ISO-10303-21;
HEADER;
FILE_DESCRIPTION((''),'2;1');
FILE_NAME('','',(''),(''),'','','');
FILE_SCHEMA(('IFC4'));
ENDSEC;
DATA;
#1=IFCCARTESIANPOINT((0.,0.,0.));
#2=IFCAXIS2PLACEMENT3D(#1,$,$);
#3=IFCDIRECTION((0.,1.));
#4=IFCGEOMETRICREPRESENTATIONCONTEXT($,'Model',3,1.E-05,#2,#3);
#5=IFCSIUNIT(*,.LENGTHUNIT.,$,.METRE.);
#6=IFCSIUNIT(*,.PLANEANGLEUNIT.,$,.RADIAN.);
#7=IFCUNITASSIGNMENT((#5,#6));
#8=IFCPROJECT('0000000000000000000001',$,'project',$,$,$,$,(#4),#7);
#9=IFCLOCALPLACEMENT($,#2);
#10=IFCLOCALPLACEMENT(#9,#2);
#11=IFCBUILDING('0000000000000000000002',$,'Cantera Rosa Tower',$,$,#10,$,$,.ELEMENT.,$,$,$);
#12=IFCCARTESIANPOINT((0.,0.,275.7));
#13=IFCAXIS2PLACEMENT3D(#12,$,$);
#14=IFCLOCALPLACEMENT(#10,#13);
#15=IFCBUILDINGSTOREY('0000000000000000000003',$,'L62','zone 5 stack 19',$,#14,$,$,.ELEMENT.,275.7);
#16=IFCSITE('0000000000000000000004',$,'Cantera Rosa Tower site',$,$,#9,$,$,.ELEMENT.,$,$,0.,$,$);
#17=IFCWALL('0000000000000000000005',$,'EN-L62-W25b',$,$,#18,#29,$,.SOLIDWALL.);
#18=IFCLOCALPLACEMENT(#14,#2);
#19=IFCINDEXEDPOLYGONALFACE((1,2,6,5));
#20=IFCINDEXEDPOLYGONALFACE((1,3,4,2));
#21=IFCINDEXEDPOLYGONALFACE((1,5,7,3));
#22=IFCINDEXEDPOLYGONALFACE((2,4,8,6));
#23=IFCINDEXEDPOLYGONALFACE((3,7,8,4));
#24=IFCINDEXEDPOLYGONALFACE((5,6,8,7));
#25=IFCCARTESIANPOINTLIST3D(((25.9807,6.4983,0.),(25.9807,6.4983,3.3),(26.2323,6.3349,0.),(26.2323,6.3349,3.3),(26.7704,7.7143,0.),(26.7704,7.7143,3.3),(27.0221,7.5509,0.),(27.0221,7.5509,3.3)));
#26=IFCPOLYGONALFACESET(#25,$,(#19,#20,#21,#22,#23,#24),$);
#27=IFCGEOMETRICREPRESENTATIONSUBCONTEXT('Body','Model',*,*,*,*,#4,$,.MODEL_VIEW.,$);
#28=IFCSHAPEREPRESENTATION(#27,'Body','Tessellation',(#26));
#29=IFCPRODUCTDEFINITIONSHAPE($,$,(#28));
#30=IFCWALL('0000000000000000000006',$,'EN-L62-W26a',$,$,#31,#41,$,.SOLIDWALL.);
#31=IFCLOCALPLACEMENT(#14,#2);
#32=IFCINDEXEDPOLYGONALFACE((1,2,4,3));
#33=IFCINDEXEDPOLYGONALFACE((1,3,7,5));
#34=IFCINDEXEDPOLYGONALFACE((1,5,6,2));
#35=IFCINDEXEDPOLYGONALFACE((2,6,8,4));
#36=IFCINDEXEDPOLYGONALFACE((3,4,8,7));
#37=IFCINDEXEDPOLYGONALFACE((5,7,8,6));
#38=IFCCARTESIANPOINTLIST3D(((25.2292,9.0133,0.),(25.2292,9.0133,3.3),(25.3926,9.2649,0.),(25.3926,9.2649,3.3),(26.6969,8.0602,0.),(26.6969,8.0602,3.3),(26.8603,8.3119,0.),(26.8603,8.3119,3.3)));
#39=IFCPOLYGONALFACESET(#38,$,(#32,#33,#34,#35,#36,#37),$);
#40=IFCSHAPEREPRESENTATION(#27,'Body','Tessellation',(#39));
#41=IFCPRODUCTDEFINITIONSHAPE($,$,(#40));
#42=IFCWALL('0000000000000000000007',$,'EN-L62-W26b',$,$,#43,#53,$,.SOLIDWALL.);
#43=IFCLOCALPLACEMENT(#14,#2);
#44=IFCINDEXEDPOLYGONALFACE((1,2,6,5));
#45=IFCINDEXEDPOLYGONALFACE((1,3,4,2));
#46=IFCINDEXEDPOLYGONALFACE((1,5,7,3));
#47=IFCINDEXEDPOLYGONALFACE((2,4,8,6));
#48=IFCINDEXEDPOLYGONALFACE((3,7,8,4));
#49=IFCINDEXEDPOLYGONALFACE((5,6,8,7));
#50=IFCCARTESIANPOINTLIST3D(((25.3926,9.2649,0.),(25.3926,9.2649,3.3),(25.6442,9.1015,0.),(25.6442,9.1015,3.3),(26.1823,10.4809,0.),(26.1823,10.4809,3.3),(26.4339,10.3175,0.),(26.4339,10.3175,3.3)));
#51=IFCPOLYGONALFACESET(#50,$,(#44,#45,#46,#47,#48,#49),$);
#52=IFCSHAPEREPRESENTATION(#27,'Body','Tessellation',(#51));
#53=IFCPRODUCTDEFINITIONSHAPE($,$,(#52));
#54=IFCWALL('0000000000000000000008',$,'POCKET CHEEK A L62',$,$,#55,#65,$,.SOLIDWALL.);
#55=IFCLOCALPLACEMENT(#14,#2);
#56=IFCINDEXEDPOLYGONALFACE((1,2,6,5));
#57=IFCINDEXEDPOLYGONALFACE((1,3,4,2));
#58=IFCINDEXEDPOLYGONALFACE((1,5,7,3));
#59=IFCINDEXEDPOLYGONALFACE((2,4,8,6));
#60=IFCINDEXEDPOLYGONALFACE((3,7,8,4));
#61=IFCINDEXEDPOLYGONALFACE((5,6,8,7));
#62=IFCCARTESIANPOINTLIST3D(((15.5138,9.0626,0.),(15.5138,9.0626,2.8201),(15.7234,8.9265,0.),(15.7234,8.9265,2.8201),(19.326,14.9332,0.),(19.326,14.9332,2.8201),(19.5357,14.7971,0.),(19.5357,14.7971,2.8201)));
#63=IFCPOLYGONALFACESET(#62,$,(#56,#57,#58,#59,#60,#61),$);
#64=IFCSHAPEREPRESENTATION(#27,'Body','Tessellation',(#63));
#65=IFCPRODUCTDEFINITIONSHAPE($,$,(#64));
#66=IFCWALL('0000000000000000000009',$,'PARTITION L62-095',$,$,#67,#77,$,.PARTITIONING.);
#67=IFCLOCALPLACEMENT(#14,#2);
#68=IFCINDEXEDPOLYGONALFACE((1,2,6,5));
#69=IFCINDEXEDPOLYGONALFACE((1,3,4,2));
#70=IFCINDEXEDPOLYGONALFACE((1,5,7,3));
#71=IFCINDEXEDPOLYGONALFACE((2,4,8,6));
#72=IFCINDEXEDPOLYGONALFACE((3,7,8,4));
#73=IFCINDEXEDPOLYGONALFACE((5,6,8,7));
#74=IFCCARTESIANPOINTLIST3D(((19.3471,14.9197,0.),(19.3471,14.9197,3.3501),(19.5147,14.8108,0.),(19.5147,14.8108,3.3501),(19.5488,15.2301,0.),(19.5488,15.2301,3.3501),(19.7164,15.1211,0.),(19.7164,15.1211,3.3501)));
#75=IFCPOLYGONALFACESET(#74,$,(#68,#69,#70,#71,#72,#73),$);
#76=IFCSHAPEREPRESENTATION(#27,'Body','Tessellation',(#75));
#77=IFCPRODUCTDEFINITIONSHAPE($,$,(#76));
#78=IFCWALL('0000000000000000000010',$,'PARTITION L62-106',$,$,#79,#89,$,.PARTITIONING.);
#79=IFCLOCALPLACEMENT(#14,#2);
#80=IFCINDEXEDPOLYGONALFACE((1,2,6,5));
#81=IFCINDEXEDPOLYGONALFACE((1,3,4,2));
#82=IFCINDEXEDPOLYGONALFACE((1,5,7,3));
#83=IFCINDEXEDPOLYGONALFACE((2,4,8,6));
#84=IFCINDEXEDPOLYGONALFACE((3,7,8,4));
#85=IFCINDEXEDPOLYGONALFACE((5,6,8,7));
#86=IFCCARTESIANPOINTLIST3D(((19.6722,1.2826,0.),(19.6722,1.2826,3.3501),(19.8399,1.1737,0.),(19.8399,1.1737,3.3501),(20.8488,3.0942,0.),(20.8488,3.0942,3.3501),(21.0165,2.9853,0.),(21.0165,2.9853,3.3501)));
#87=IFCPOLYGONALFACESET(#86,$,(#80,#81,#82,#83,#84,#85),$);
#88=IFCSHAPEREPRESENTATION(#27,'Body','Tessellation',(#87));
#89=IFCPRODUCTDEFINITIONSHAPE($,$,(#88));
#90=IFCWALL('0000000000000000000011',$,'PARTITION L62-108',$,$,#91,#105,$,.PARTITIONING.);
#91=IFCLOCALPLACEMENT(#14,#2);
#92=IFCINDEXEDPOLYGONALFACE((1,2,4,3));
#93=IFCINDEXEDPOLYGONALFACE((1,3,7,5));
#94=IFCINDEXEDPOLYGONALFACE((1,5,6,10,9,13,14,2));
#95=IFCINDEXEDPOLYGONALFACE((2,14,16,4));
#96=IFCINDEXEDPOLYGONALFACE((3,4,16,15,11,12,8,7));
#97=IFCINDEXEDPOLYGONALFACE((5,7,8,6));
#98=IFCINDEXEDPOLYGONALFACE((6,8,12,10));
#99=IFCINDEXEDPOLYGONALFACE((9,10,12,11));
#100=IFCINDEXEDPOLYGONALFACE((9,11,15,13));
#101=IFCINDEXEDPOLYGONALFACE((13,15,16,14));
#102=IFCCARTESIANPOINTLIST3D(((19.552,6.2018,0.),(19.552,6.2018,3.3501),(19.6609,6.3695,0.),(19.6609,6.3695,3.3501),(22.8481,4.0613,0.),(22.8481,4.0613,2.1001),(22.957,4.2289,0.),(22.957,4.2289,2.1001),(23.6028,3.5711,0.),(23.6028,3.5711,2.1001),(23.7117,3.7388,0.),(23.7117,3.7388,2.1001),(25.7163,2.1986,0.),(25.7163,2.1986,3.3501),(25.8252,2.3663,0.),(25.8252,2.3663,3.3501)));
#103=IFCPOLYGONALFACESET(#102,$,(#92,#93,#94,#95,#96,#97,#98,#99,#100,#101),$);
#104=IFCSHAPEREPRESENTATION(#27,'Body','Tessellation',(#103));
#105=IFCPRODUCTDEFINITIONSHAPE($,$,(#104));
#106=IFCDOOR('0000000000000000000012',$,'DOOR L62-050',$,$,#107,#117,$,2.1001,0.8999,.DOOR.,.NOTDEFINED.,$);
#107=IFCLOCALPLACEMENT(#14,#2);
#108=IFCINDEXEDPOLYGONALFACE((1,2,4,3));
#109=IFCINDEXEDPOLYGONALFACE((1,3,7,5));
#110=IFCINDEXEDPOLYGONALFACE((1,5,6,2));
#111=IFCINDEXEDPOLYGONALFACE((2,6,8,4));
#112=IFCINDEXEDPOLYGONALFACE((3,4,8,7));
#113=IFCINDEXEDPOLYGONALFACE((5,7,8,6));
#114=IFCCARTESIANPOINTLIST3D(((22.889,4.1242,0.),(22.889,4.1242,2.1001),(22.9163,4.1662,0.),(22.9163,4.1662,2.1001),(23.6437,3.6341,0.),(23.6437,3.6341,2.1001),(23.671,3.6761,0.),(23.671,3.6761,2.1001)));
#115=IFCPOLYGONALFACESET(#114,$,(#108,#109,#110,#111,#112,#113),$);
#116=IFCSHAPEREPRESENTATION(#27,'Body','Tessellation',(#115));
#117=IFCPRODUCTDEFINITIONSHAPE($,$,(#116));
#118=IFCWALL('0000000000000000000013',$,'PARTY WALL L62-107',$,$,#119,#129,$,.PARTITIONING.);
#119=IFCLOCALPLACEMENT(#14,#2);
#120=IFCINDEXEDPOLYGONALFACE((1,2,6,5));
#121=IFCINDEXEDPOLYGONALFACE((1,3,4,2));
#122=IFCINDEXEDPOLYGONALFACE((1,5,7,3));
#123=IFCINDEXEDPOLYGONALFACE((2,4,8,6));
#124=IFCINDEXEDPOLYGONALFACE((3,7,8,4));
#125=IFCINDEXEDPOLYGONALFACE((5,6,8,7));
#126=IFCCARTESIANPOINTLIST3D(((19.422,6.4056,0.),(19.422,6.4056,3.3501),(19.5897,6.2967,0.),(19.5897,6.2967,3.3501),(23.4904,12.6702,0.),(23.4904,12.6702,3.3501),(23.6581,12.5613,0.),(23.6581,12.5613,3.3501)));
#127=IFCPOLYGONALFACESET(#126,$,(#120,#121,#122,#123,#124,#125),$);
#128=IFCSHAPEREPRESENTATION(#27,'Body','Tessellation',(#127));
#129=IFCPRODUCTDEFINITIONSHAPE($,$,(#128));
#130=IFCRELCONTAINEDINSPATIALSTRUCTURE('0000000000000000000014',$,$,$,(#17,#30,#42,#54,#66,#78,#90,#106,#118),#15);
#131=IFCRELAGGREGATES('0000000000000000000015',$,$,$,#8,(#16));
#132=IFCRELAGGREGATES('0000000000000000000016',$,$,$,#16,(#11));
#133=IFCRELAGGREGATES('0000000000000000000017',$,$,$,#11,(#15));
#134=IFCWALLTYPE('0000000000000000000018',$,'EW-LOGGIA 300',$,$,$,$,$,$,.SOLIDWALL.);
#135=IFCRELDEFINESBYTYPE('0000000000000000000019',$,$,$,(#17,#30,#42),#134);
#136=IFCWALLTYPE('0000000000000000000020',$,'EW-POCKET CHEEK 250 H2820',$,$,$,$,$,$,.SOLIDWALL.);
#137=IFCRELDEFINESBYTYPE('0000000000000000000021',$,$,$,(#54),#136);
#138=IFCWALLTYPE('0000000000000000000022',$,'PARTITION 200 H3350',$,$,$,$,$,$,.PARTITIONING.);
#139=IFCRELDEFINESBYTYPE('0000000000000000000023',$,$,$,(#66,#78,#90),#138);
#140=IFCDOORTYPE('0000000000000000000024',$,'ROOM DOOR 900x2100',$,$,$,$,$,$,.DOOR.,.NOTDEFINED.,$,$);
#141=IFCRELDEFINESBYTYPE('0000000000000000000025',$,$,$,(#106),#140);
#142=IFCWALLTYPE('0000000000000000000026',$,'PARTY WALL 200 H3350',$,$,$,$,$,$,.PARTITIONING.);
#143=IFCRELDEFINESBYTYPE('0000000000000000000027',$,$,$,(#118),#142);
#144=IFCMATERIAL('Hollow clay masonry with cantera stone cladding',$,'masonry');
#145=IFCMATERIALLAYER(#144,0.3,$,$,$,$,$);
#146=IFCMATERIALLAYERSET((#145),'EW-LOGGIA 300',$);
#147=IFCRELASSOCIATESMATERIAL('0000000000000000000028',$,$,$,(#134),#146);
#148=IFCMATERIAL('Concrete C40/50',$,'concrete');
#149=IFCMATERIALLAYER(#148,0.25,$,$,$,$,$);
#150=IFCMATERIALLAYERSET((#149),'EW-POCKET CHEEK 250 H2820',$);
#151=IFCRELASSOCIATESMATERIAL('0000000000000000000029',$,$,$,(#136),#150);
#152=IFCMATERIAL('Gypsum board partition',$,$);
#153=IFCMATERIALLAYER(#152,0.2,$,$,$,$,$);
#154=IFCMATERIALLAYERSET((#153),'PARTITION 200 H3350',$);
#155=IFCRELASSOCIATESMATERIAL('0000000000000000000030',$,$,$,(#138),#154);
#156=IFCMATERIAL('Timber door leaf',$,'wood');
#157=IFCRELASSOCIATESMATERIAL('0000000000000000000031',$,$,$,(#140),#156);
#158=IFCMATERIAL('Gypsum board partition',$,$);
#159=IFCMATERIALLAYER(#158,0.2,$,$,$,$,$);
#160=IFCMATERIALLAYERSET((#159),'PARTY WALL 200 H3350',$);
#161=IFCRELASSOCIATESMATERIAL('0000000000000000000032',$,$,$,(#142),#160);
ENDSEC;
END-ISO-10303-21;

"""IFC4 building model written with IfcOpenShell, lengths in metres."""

from ifc_helpers import new_model, si_unit, direction, frame, frame_2d, origin, place, context, subcontext, project, spatial, rectangle, extrude, material, layer, layer_set, type_object, element, fill, save


model = new_model("IFC4")

# Units and contexts
model_context = context("Model", 3, precision=1e-05, world=origin(), true_north=direction((0.0, 1.0)))
body_context = subcontext(model_context, "Body", "Model", "MODEL_VIEW")
ifc_project = project(units=[si_unit("LENGTHUNIT", "METRE"), si_unit("PLANEANGLEUNIT", "RADIAN")], contexts=[model_context])

# Site, building, storey
site_placement = place(None, origin())
site = spatial("IfcSite", under=ifc_project, at=site_placement, Name="Cantera Rosa Tower site", CompositionType="ELEMENT", RefElevation=0.0)
building_placement = place(site_placement, origin())
building = spatial("IfcBuilding", under=site, at=building_placement, Name="Cantera Rosa Tower", CompositionType="ELEMENT")
storey_placement = place(building_placement, frame((0.0, 0.0, 275.7)))
storey = spatial("IfcBuildingStorey", under=building, at=storey_placement, Name="L62", Description="zone 5 stack 19", CompositionType="ELEMENT", Elevation=275.7)

# Walls
ifc_material_1 = material(Name="Hollow clay masonry with cantera stone cladding", Category="masonry")
ifc_layer_1 = layer(ifc_material_1, 0.3)
ifc_layer_set_1 = layer_set([ifc_layer_1], Name="EW-LOGGIA 300")
wall_type_1 = type_object("IfcWallType", Name="EW-LOGGIA 300", PredefinedType="SOLIDWALL", material=ifc_layer_set_1)
wall_1_placement = place(storey_placement, frame((26.1064, 6.4165, 0.0), z_axis=(0.0, 0.0, 1.0), x_axis=(0.544675, 0.838647, 0.0)))
element("IfcWall", 1, at=wall_1_placement, inside=storey, type_object=wall_type_1, Name="EN-L62-W25b", PredefinedType="SOLIDWALL", context=body_context, shape_type="SweptSolid", body=[
    extrude(rectangle(XDim=1.45, YDim=0.3, at=frame_2d((0.7251, 0.0))), origin(), (0.0, 0.0, 1.0), 3.3),
])
wall_2_placement = place(storey_placement, frame((26.7786, 8.186, 0.0), z_axis=(0.0, 0.0, 1.0), x_axis=(-0.838686, 0.544616, 0.0)))
element("IfcWall", 2, at=wall_2_placement, inside=storey, type_object=wall_type_1, Name="EN-L62-W26a", PredefinedType="SOLIDWALL", context=body_context, shape_type="SweptSolid", body=[
    extrude(rectangle(XDim=1.75, YDim=0.3, at=frame_2d((0.875, 0.0))), origin(), (0.0, 0.0, 1.0), 3.3),
])
wall_3_placement = place(storey_placement, frame((25.5183, 9.1831, 0.0), z_axis=(0.0, 0.0, 1.0), x_axis=(0.544675, 0.838647, 0.0)))
element("IfcWall", 3, at=wall_3_placement, inside=storey, type_object=wall_type_1, Name="EN-L62-W26b", PredefinedType="SOLIDWALL", context=body_context, shape_type="SweptSolid", body=[
    extrude(rectangle(XDim=1.45, YDim=0.3, at=frame_2d((0.7251, 0.0))), origin(), (0.0, 0.0, 1.0), 3.3),
])

# Walls
ifc_material_2 = material(Name="Concrete C40/50", Category="concrete")
ifc_layer_2 = layer(ifc_material_2, 0.25)
ifc_layer_set_2 = layer_set([ifc_layer_2], Name="EW-POCKET CHEEK 250 H2820")
wall_type_2 = type_object("IfcWallType", Name="EW-POCKET CHEEK 250 H2820", PredefinedType="SOLIDWALL", material=ifc_layer_set_2)
wall_4_placement = place(storey_placement, frame((19.4309, 14.8652, 0.0), z_axis=(0.0, 0.0, 1.0), x_axis=(-0.544623, -0.838681, 0.0)))
element("IfcWall", 4, at=wall_4_placement, inside=storey, type_object=wall_type_2, Name="POCKET CHEEK A L62", PredefinedType="SOLIDWALL", context=body_context, shape_type="SweptSolid", body=[
    extrude(rectangle(XDim=6.9998, YDim=0.25, at=frame_2d((3.5, 0.0))), origin(), (0.0, 0.0, 1.0), 2.8201),
])
ifc_material_3 = material(Name="Gypsum board partition")
ifc_layer_3 = layer(ifc_material_3, 0.2)
ifc_layer_set_3 = layer_set([ifc_layer_3], Name="PARTITION 200 H3350")
wall_type_3 = type_object("IfcWallType", Name="PARTITION 200 H3350", PredefinedType="PARTITIONING", material=ifc_layer_set_3)
wall_5_placement = place(storey_placement, frame((19.4309, 14.8652, 0.0), z_axis=(0.0, 0.0, 1.0), x_axis=(0.544919, 0.838489, 0.0)))
element("IfcWall", 5, at=wall_5_placement, inside=storey, type_object=wall_type_3, Name="PARTITION L62-095", PredefinedType="PARTITIONING", context=body_context, shape_type="SweptSolid", body=[
    extrude(rectangle(XDim=0.3701, YDim=0.2, at=frame_2d((0.1851, 0.0))), origin(), (0.0, 0.0, 1.0), 3.3501),
])
wall_6_placement = place(storey_placement, frame((20.9326, 3.0398, 0.0), z_axis=(0.0, 0.0, 1.0), x_axis=(-0.54467, -0.83865, 0.0)))
element("IfcWall", 6, at=wall_6_placement, inside=storey, type_object=wall_type_3, Name="PARTITION L62-106", PredefinedType="PARTITIONING", context=body_context, shape_type="SweptSolid", body=[
    extrude(rectangle(XDim=2.1602, YDim=0.2, at=frame_2d((1.0801, 0.0))), origin(), (0.0, 0.0, 1.0), 3.3501),
])

# Wall, opening, door
wall_7_placement = place(storey_placement, frame((25.7708, 2.2825, 0.0), z_axis=(0.0, 0.0, 1.0), x_axis=(-0.838669, 0.544642, 0.0)))
wall_7 = element("IfcWall", 7, at=wall_7_placement, inside=storey, type_object=wall_type_3, Name="PARTITION L62-108", PredefinedType="PARTITIONING", context=body_context, shape_type="SweptSolid", body=[
    extrude(rectangle(XDim=7.3501, YDim=0.2, at=frame_2d((3.675, 0.0))), origin(), (0.0, 0.0, 1.0), 3.3501),
])
opening_1_placement = place(wall_7_placement, frame((2.52, 0.0, 0.0)))
opening_1 = element("IfcOpeningElement", 8, at=opening_1_placement, cuts=wall_7, PredefinedType="OPENING", context=body_context, shape_type="SweptSolid", body=[
    extrude(rectangle(XDim=0.8999, YDim=2.1001, at=frame_2d((0.45, 1.05))), frame((0.0, 0.1099, 0.0), z_axis=(0.0, -1.0, 0.0), x_axis=(1.0, 0.0, 0.0)), (0.0, 0.0, 1.0), 0.22),
])
ifc_material_4 = material(Name="Timber door leaf", Category="wood")
door_type_1 = type_object("IfcDoorType", Name="ROOM DOOR 900x2100", OperationType="NOTDEFINED", PredefinedType="DOOR", material=ifc_material_4)
door_1_placement = place(opening_1_placement, origin())
door_1 = element("IfcDoor", 9, at=door_1_placement, inside=storey, type_object=door_type_1, Name="DOOR L62-050", OperationType="NOTDEFINED", OverallHeight=2.1001, OverallWidth=0.8999, PredefinedType="DOOR", context=body_context, shape_type="SweptSolid", body=[
    extrude(rectangle(XDim=0.8999, YDim=2.1001, at=frame_2d((0.45, 1.05))), frame((0.0, 0.0249, 0.0), z_axis=(0.0, -1.0, 0.0), x_axis=(1.0, 0.0, 0.0)), (0.0, 0.0, 1.0), 0.05),
])
fill(opening_1, door_1)

# Wall
ifc_material_5 = material(Name="Gypsum board partition")
ifc_layer_4 = layer(ifc_material_5, 0.2)
ifc_layer_set_4 = layer_set([ifc_layer_4], Name="PARTY WALL 200 H3350")
wall_type_4 = type_object("IfcWallType", Name="PARTY WALL 200 H3350", PredefinedType="PARTITIONING", material=ifc_layer_set_4)
wall_8_placement = place(storey_placement, frame((23.5742, 12.6157, 0.0), z_axis=(0.0, 0.0, 1.0), x_axis=(-0.544644, -0.838668, 0.0)))
element("IfcWall", 10, at=wall_8_placement, inside=storey, type_object=wall_type_4, Name="PARTY WALL L62-107", PredefinedType="PARTITIONING", context=body_context, shape_type="SweptSolid", body=[
    extrude(rectangle(XDim=7.4697, YDim=0.2, at=frame_2d((3.7349, 0.0))), origin(), (0.0, 0.0, 1.0), 3.3501),
])

save(model, "model.ifc")
